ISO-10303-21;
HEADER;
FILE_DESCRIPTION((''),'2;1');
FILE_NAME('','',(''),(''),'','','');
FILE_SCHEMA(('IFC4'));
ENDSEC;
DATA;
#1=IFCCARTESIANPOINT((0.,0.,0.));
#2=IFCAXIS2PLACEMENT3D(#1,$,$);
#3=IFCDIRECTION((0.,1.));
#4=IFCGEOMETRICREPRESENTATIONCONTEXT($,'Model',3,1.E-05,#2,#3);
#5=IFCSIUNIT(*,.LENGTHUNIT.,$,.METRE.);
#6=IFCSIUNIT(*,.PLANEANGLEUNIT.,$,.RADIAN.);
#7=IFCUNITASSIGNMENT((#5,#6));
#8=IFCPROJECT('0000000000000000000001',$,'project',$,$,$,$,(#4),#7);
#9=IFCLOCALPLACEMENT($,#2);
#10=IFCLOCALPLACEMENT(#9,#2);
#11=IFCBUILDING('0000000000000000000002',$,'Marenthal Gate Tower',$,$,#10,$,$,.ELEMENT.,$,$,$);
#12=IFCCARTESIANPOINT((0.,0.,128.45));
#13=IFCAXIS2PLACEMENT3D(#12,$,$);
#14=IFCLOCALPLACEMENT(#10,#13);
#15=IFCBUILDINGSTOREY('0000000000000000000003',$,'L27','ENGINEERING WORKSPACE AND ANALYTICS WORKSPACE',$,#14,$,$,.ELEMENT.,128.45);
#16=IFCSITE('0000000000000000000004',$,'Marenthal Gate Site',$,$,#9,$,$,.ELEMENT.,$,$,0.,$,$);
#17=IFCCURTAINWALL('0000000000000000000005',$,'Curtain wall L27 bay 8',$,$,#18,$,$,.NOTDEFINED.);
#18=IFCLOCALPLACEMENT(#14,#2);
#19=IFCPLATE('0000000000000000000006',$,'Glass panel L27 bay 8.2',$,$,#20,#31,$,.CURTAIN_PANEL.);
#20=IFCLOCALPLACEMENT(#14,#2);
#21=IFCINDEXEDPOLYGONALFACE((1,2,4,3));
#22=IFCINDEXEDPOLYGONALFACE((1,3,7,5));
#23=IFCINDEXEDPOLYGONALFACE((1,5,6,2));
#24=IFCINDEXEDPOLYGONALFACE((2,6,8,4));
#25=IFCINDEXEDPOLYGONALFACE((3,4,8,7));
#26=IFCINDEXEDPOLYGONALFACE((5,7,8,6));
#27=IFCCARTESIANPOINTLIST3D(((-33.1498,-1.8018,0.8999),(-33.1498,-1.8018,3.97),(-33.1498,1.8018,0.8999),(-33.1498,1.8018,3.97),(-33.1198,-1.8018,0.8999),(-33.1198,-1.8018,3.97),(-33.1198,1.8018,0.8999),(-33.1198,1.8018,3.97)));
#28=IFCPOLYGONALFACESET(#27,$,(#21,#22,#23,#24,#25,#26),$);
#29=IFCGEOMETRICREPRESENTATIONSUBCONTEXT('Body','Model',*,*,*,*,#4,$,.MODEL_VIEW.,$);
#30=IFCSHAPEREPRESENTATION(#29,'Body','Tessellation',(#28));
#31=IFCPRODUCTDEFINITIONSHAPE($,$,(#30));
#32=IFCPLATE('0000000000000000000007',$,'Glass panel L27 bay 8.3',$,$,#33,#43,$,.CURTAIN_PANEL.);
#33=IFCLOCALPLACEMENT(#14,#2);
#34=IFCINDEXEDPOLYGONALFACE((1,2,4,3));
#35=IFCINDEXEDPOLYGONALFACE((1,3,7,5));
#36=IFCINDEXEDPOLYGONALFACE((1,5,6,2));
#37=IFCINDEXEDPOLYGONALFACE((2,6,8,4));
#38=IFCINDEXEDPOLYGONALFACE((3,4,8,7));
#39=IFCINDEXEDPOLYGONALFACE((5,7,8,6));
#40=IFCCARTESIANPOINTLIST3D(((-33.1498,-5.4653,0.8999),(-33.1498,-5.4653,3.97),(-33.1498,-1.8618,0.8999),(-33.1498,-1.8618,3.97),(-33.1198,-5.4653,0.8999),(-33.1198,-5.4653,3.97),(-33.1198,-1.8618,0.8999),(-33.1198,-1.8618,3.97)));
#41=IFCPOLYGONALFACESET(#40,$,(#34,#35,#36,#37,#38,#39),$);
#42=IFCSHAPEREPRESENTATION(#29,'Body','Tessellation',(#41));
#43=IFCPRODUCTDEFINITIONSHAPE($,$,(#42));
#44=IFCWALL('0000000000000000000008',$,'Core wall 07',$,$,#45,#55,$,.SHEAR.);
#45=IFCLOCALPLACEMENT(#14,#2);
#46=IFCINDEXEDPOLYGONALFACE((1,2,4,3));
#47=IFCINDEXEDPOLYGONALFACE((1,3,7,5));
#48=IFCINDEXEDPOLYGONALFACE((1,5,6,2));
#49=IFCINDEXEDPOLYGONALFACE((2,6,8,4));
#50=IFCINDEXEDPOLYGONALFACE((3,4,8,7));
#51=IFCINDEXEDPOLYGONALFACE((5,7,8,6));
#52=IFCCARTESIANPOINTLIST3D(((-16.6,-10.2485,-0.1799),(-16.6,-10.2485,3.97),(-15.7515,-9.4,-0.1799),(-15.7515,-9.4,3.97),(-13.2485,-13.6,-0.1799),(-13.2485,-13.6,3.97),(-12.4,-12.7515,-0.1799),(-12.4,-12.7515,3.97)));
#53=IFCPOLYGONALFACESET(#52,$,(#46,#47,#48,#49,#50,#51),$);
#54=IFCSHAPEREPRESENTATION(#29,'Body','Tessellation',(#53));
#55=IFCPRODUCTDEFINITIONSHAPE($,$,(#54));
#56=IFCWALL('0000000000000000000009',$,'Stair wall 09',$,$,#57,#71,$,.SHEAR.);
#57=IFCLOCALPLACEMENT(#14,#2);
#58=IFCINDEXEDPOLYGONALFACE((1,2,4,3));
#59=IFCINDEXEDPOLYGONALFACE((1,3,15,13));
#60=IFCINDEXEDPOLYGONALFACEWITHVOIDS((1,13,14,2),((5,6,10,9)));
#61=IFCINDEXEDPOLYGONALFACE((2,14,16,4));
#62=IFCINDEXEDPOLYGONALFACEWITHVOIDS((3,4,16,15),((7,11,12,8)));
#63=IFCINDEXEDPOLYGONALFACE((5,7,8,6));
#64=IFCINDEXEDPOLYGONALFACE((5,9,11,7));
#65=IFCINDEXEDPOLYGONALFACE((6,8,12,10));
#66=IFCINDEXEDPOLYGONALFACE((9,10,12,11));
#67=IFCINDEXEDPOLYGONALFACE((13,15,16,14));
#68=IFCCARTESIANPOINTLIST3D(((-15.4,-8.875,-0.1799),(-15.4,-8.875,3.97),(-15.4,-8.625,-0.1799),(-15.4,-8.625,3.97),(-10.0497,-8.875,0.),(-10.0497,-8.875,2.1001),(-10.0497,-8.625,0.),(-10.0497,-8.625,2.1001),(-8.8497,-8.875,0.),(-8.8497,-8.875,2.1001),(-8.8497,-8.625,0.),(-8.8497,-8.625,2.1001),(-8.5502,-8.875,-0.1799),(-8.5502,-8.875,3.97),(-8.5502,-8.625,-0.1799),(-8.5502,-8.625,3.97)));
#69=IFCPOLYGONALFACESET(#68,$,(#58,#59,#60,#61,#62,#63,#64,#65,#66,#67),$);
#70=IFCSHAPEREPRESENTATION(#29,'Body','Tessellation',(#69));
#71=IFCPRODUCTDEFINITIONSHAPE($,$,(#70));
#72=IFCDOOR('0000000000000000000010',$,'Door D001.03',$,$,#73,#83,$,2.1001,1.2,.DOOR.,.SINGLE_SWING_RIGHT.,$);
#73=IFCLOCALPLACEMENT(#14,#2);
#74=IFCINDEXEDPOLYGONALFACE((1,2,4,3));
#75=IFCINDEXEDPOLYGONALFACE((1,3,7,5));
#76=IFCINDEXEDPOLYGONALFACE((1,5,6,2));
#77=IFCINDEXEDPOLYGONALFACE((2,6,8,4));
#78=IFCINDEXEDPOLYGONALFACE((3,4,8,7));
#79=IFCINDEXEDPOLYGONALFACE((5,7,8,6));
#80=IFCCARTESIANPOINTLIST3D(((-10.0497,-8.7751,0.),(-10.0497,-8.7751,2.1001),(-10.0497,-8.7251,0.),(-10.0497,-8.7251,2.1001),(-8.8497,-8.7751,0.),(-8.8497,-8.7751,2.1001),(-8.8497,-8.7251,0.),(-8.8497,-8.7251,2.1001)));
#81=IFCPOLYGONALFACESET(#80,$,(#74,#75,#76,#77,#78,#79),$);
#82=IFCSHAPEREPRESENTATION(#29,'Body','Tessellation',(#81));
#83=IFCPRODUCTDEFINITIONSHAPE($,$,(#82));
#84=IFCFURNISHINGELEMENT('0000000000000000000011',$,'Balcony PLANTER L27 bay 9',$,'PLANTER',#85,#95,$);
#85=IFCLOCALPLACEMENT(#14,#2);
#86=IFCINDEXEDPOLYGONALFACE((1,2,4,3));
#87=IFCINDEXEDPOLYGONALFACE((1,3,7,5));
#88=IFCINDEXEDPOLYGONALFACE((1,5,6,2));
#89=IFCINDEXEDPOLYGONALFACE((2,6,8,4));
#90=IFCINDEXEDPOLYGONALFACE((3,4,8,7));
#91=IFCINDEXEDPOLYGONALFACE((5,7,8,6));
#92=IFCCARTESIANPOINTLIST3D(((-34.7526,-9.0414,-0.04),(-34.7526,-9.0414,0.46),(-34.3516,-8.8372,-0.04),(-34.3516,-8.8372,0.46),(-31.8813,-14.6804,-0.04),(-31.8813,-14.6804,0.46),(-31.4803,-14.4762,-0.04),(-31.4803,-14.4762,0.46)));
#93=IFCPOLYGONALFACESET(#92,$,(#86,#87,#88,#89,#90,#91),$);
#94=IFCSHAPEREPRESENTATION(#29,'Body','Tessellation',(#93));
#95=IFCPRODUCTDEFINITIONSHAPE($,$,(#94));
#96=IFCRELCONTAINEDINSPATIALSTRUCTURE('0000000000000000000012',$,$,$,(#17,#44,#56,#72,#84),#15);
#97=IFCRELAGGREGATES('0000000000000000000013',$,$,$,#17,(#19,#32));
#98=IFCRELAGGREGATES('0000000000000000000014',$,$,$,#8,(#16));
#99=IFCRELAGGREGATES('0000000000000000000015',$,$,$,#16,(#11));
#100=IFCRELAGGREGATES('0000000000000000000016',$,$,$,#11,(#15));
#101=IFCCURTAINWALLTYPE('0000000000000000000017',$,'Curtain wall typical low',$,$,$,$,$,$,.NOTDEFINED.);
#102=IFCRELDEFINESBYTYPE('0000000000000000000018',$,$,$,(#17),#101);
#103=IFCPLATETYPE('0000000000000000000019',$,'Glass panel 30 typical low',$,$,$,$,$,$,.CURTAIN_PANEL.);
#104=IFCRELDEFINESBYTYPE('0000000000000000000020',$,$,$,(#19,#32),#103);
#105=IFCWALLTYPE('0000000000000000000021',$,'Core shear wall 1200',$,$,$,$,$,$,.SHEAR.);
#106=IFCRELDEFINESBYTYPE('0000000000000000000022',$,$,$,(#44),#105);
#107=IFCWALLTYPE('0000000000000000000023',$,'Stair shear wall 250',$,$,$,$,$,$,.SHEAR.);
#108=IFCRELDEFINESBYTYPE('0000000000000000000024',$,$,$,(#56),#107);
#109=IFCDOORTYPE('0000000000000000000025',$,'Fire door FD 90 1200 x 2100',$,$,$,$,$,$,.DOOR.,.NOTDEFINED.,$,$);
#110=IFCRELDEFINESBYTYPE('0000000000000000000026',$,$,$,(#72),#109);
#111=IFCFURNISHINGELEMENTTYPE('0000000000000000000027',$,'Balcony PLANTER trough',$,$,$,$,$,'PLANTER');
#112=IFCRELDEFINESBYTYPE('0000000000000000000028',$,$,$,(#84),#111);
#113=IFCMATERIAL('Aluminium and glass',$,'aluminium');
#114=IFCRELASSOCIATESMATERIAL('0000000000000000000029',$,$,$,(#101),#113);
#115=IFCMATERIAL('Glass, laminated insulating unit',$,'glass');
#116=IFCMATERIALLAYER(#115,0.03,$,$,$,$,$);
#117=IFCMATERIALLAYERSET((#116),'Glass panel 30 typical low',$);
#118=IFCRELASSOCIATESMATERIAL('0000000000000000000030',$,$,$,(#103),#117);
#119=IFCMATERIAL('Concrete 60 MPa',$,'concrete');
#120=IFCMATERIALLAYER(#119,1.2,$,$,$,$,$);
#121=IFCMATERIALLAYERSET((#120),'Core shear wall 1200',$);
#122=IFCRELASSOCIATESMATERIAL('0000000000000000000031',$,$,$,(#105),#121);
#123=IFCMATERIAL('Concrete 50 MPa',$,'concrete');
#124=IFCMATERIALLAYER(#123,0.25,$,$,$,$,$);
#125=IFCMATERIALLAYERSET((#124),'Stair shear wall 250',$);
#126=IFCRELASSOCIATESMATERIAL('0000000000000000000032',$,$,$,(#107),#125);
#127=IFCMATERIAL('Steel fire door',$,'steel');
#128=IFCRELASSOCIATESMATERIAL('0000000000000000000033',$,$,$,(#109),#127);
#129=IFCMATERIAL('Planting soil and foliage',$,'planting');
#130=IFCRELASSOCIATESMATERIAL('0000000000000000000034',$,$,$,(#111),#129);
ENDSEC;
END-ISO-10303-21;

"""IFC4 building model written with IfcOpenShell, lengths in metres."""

from ifc_helpers import new_model, si_unit, direction, frame, frame_2d, origin, origin_2d, place, context, subcontext, project, spatial, rectangle, extrude, material, layer, layer_set, type_object, element, fill, aggregate, save


model = new_model("IFC4")

# Units and contexts
model_context = context("Model", 3, precision=1e-05, world=origin(), true_north=direction((0.0, 1.0)))
body_context = subcontext(model_context, "Body", "Model", "MODEL_VIEW")
ifc_project = project(units=[si_unit("LENGTHUNIT", "METRE"), si_unit("PLANEANGLEUNIT", "RADIAN")], contexts=[model_context])

# Site, building, storey
site_placement = place(None, origin())
site = spatial("IfcSite", under=ifc_project, at=site_placement, Name="Marenthal Gate Site", CompositionType="ELEMENT", RefElevation=0.0)
building_placement = place(site_placement, origin())
building = spatial("IfcBuilding", under=site, at=building_placement, Name="Marenthal Gate Tower", CompositionType="ELEMENT")
storey_placement = place(building_placement, frame((0.0, 0.0, 128.45)))
storey = spatial("IfcBuildingStorey", under=building, at=storey_placement, Name="L27", Description="ENGINEERING WORKSPACE AND ANALYTICS WORKSPACE", CompositionType="ELEMENT", Elevation=128.45)

# Curtain wall
ifc_material_1 = material(Name="Aluminium and glass", Category="aluminium")
curtain_wall_type = type_object("IfcCurtainWallType", Name="Curtain wall typical low", PredefinedType="NOTDEFINED", material=ifc_material_1)
curtain_wall_placement = place(storey_placement, origin())
curtain_wall = element("IfcCurtainWall", 1, at=curtain_wall_placement, inside=storey, type_object=curtain_wall_type, Name="Curtain wall L27 bay 8", PredefinedType="NOTDEFINED")

# Plates
ifc_material_2 = material(Name="Glass, laminated insulating unit", Category="glass")
ifc_layer_1 = layer(ifc_material_2, 0.03)
ifc_layer_set_1 = layer_set([ifc_layer_1], Name="Glass panel 30 typical low")
plate_type = type_object("IfcPlateType", Name="Glass panel 30 typical low", PredefinedType="CURTAIN_PANEL", material=ifc_layer_set_1)
plate_1_placement = place(storey_placement, frame((-33.1348, 0.0, 0.8999), z_axis=(0.0, 0.0, 1.0), x_axis=(0.0, -1.0, 0.0)))
plate_1 = element("IfcPlate", 2, at=plate_1_placement, type_object=plate_type, Name="Glass panel L27 bay 8.2", PredefinedType="CURTAIN_PANEL", context=body_context, shape_type="SweptSolid", body=[
    extrude(rectangle(XDim=3.6035, YDim=0.03, at=origin_2d()), origin(), (0.0, 0.0, 1.0), 3.0701),
])
plate_2_placement = place(storey_placement, frame((-33.1348, -3.6636, 0.8999), z_axis=(0.0, 0.0, 1.0), x_axis=(0.0, -1.0, 0.0)))
plate_2 = element("IfcPlate", 3, at=plate_2_placement, type_object=plate_type, Name="Glass panel L27 bay 8.3", PredefinedType="CURTAIN_PANEL", context=body_context, shape_type="SweptSolid", body=[
    extrude(rectangle(XDim=3.6035, YDim=0.03, at=origin_2d()), origin(), (0.0, 0.0, 1.0), 3.0701),
])
aggregate(curtain_wall, [plate_1, plate_2])

# Wall
ifc_material_3 = material(Name="Concrete 60 MPa", Category="concrete")
ifc_layer_2 = layer(ifc_material_3, 1.2)
ifc_layer_set_2 = layer_set([ifc_layer_2], Name="Core shear wall 1200")
wall_type_1 = type_object("IfcWallType", Name="Core shear wall 1200", PredefinedType="SHEAR", material=ifc_layer_set_2)
wall_1_placement = place(storey_placement, frame((-16.1758, -9.8242, -0.1799), z_axis=(0.0, 0.0, 1.0), x_axis=(0.707107, -0.707107, 0.0)))
element("IfcWall", 4, at=wall_1_placement, inside=storey, type_object=wall_type_1, Name="Core wall 07", PredefinedType="SHEAR", context=body_context, shape_type="SweptSolid", body=[
    extrude(rectangle(XDim=4.7397, YDim=1.2, at=frame_2d((2.3699, 0.0))), origin(), (0.0, 0.0, 1.0), 4.1499),
])

# Wall, opening, door
ifc_material_4 = material(Name="Concrete 50 MPa", Category="concrete")
ifc_layer_3 = layer(ifc_material_4, 0.25)
ifc_layer_set_3 = layer_set([ifc_layer_3], Name="Stair shear wall 250")
wall_type_2 = type_object("IfcWallType", Name="Stair shear wall 250", PredefinedType="SHEAR", material=ifc_layer_set_3)
wall_2_placement = place(storey_placement, frame((-15.3999, -8.75, -0.1799), z_axis=(0.0, 0.0, 1.0), x_axis=(1.0, 0.0, 0.0)))
wall_2 = element("IfcWall", 5, at=wall_2_placement, inside=storey, type_object=wall_type_2, Name="Stair wall 09", PredefinedType="SHEAR", context=body_context, shape_type="SweptSolid", body=[
    extrude(rectangle(XDim=6.8499, YDim=0.25, at=frame_2d((3.4248, 0.0))), origin(), (0.0, 0.0, 1.0), 4.1499),
])
opening_1_placement = place(wall_2_placement, frame((5.3501, 0.0, 0.1799)))
opening_1 = element("IfcOpeningElement", 6, at=opening_1_placement, cuts=wall_2, PredefinedType="OPENING", context=body_context, shape_type="SweptSolid", body=[
    extrude(rectangle(XDim=1.2, YDim=2.1001, at=frame_2d((0.6001, 1.05))), frame((0.0, 0.135, 0.0), z_axis=(0.0, -1.0, 0.0), x_axis=(1.0, 0.0, 0.0)), (0.0, 0.0, 1.0), 0.27),
])
ifc_material_5 = material(Name="Steel fire door", Category="steel")
door_type_1 = type_object("IfcDoorType", Name="Fire door FD 90 1200 x 2100", OperationType="NOTDEFINED", PredefinedType="DOOR", material=ifc_material_5)
door_1_placement = place(opening_1_placement, origin())
door_1 = element("IfcDoor", 7, at=door_1_placement, inside=storey, type_object=door_type_1, Name="Door D001.03", OperationType="SINGLE_SWING_RIGHT", OverallHeight=2.1001, OverallWidth=1.2, PredefinedType="DOOR", context=body_context, shape_type="SweptSolid", body=[
    extrude(rectangle(XDim=1.2, YDim=2.1001, at=frame_2d((0.6001, 1.05))), frame((0.0, 0.0249, 0.0), z_axis=(0.0, -1.0, 0.0), x_axis=(1.0, 0.0, 0.0)), (0.0, 0.0, 1.0), 0.05),
])
fill(opening_1, door_1)

# Furnishing element
ifc_material_6 = material(Name="Planting soil and foliage", Category="planting")
furnishing_element_type = type_object("IfcFurnishingElementType", Name="Balcony PLANTER trough", ElementType="PLANTER", material=ifc_material_6)
furnishing_placement = place(storey_placement, frame((-33.1165, -11.7588, -0.04), z_axis=(0.0, 0.0, 1.0), x_axis=(0.453749, -0.89113, 0.0)))
element("IfcFurnishingElement", 8, at=furnishing_placement, inside=storey, type_object=furnishing_element_type, Name="Balcony PLANTER L27 bay 9", ObjectType="PLANTER", context=body_context, shape_type="SweptSolid", body=[
    extrude(rectangle(XDim=6.3279, YDim=0.45, at=origin_2d()), origin(), (0.0, 0.0, 1.0), 0.5),
])

save(model, "model.ifc")
